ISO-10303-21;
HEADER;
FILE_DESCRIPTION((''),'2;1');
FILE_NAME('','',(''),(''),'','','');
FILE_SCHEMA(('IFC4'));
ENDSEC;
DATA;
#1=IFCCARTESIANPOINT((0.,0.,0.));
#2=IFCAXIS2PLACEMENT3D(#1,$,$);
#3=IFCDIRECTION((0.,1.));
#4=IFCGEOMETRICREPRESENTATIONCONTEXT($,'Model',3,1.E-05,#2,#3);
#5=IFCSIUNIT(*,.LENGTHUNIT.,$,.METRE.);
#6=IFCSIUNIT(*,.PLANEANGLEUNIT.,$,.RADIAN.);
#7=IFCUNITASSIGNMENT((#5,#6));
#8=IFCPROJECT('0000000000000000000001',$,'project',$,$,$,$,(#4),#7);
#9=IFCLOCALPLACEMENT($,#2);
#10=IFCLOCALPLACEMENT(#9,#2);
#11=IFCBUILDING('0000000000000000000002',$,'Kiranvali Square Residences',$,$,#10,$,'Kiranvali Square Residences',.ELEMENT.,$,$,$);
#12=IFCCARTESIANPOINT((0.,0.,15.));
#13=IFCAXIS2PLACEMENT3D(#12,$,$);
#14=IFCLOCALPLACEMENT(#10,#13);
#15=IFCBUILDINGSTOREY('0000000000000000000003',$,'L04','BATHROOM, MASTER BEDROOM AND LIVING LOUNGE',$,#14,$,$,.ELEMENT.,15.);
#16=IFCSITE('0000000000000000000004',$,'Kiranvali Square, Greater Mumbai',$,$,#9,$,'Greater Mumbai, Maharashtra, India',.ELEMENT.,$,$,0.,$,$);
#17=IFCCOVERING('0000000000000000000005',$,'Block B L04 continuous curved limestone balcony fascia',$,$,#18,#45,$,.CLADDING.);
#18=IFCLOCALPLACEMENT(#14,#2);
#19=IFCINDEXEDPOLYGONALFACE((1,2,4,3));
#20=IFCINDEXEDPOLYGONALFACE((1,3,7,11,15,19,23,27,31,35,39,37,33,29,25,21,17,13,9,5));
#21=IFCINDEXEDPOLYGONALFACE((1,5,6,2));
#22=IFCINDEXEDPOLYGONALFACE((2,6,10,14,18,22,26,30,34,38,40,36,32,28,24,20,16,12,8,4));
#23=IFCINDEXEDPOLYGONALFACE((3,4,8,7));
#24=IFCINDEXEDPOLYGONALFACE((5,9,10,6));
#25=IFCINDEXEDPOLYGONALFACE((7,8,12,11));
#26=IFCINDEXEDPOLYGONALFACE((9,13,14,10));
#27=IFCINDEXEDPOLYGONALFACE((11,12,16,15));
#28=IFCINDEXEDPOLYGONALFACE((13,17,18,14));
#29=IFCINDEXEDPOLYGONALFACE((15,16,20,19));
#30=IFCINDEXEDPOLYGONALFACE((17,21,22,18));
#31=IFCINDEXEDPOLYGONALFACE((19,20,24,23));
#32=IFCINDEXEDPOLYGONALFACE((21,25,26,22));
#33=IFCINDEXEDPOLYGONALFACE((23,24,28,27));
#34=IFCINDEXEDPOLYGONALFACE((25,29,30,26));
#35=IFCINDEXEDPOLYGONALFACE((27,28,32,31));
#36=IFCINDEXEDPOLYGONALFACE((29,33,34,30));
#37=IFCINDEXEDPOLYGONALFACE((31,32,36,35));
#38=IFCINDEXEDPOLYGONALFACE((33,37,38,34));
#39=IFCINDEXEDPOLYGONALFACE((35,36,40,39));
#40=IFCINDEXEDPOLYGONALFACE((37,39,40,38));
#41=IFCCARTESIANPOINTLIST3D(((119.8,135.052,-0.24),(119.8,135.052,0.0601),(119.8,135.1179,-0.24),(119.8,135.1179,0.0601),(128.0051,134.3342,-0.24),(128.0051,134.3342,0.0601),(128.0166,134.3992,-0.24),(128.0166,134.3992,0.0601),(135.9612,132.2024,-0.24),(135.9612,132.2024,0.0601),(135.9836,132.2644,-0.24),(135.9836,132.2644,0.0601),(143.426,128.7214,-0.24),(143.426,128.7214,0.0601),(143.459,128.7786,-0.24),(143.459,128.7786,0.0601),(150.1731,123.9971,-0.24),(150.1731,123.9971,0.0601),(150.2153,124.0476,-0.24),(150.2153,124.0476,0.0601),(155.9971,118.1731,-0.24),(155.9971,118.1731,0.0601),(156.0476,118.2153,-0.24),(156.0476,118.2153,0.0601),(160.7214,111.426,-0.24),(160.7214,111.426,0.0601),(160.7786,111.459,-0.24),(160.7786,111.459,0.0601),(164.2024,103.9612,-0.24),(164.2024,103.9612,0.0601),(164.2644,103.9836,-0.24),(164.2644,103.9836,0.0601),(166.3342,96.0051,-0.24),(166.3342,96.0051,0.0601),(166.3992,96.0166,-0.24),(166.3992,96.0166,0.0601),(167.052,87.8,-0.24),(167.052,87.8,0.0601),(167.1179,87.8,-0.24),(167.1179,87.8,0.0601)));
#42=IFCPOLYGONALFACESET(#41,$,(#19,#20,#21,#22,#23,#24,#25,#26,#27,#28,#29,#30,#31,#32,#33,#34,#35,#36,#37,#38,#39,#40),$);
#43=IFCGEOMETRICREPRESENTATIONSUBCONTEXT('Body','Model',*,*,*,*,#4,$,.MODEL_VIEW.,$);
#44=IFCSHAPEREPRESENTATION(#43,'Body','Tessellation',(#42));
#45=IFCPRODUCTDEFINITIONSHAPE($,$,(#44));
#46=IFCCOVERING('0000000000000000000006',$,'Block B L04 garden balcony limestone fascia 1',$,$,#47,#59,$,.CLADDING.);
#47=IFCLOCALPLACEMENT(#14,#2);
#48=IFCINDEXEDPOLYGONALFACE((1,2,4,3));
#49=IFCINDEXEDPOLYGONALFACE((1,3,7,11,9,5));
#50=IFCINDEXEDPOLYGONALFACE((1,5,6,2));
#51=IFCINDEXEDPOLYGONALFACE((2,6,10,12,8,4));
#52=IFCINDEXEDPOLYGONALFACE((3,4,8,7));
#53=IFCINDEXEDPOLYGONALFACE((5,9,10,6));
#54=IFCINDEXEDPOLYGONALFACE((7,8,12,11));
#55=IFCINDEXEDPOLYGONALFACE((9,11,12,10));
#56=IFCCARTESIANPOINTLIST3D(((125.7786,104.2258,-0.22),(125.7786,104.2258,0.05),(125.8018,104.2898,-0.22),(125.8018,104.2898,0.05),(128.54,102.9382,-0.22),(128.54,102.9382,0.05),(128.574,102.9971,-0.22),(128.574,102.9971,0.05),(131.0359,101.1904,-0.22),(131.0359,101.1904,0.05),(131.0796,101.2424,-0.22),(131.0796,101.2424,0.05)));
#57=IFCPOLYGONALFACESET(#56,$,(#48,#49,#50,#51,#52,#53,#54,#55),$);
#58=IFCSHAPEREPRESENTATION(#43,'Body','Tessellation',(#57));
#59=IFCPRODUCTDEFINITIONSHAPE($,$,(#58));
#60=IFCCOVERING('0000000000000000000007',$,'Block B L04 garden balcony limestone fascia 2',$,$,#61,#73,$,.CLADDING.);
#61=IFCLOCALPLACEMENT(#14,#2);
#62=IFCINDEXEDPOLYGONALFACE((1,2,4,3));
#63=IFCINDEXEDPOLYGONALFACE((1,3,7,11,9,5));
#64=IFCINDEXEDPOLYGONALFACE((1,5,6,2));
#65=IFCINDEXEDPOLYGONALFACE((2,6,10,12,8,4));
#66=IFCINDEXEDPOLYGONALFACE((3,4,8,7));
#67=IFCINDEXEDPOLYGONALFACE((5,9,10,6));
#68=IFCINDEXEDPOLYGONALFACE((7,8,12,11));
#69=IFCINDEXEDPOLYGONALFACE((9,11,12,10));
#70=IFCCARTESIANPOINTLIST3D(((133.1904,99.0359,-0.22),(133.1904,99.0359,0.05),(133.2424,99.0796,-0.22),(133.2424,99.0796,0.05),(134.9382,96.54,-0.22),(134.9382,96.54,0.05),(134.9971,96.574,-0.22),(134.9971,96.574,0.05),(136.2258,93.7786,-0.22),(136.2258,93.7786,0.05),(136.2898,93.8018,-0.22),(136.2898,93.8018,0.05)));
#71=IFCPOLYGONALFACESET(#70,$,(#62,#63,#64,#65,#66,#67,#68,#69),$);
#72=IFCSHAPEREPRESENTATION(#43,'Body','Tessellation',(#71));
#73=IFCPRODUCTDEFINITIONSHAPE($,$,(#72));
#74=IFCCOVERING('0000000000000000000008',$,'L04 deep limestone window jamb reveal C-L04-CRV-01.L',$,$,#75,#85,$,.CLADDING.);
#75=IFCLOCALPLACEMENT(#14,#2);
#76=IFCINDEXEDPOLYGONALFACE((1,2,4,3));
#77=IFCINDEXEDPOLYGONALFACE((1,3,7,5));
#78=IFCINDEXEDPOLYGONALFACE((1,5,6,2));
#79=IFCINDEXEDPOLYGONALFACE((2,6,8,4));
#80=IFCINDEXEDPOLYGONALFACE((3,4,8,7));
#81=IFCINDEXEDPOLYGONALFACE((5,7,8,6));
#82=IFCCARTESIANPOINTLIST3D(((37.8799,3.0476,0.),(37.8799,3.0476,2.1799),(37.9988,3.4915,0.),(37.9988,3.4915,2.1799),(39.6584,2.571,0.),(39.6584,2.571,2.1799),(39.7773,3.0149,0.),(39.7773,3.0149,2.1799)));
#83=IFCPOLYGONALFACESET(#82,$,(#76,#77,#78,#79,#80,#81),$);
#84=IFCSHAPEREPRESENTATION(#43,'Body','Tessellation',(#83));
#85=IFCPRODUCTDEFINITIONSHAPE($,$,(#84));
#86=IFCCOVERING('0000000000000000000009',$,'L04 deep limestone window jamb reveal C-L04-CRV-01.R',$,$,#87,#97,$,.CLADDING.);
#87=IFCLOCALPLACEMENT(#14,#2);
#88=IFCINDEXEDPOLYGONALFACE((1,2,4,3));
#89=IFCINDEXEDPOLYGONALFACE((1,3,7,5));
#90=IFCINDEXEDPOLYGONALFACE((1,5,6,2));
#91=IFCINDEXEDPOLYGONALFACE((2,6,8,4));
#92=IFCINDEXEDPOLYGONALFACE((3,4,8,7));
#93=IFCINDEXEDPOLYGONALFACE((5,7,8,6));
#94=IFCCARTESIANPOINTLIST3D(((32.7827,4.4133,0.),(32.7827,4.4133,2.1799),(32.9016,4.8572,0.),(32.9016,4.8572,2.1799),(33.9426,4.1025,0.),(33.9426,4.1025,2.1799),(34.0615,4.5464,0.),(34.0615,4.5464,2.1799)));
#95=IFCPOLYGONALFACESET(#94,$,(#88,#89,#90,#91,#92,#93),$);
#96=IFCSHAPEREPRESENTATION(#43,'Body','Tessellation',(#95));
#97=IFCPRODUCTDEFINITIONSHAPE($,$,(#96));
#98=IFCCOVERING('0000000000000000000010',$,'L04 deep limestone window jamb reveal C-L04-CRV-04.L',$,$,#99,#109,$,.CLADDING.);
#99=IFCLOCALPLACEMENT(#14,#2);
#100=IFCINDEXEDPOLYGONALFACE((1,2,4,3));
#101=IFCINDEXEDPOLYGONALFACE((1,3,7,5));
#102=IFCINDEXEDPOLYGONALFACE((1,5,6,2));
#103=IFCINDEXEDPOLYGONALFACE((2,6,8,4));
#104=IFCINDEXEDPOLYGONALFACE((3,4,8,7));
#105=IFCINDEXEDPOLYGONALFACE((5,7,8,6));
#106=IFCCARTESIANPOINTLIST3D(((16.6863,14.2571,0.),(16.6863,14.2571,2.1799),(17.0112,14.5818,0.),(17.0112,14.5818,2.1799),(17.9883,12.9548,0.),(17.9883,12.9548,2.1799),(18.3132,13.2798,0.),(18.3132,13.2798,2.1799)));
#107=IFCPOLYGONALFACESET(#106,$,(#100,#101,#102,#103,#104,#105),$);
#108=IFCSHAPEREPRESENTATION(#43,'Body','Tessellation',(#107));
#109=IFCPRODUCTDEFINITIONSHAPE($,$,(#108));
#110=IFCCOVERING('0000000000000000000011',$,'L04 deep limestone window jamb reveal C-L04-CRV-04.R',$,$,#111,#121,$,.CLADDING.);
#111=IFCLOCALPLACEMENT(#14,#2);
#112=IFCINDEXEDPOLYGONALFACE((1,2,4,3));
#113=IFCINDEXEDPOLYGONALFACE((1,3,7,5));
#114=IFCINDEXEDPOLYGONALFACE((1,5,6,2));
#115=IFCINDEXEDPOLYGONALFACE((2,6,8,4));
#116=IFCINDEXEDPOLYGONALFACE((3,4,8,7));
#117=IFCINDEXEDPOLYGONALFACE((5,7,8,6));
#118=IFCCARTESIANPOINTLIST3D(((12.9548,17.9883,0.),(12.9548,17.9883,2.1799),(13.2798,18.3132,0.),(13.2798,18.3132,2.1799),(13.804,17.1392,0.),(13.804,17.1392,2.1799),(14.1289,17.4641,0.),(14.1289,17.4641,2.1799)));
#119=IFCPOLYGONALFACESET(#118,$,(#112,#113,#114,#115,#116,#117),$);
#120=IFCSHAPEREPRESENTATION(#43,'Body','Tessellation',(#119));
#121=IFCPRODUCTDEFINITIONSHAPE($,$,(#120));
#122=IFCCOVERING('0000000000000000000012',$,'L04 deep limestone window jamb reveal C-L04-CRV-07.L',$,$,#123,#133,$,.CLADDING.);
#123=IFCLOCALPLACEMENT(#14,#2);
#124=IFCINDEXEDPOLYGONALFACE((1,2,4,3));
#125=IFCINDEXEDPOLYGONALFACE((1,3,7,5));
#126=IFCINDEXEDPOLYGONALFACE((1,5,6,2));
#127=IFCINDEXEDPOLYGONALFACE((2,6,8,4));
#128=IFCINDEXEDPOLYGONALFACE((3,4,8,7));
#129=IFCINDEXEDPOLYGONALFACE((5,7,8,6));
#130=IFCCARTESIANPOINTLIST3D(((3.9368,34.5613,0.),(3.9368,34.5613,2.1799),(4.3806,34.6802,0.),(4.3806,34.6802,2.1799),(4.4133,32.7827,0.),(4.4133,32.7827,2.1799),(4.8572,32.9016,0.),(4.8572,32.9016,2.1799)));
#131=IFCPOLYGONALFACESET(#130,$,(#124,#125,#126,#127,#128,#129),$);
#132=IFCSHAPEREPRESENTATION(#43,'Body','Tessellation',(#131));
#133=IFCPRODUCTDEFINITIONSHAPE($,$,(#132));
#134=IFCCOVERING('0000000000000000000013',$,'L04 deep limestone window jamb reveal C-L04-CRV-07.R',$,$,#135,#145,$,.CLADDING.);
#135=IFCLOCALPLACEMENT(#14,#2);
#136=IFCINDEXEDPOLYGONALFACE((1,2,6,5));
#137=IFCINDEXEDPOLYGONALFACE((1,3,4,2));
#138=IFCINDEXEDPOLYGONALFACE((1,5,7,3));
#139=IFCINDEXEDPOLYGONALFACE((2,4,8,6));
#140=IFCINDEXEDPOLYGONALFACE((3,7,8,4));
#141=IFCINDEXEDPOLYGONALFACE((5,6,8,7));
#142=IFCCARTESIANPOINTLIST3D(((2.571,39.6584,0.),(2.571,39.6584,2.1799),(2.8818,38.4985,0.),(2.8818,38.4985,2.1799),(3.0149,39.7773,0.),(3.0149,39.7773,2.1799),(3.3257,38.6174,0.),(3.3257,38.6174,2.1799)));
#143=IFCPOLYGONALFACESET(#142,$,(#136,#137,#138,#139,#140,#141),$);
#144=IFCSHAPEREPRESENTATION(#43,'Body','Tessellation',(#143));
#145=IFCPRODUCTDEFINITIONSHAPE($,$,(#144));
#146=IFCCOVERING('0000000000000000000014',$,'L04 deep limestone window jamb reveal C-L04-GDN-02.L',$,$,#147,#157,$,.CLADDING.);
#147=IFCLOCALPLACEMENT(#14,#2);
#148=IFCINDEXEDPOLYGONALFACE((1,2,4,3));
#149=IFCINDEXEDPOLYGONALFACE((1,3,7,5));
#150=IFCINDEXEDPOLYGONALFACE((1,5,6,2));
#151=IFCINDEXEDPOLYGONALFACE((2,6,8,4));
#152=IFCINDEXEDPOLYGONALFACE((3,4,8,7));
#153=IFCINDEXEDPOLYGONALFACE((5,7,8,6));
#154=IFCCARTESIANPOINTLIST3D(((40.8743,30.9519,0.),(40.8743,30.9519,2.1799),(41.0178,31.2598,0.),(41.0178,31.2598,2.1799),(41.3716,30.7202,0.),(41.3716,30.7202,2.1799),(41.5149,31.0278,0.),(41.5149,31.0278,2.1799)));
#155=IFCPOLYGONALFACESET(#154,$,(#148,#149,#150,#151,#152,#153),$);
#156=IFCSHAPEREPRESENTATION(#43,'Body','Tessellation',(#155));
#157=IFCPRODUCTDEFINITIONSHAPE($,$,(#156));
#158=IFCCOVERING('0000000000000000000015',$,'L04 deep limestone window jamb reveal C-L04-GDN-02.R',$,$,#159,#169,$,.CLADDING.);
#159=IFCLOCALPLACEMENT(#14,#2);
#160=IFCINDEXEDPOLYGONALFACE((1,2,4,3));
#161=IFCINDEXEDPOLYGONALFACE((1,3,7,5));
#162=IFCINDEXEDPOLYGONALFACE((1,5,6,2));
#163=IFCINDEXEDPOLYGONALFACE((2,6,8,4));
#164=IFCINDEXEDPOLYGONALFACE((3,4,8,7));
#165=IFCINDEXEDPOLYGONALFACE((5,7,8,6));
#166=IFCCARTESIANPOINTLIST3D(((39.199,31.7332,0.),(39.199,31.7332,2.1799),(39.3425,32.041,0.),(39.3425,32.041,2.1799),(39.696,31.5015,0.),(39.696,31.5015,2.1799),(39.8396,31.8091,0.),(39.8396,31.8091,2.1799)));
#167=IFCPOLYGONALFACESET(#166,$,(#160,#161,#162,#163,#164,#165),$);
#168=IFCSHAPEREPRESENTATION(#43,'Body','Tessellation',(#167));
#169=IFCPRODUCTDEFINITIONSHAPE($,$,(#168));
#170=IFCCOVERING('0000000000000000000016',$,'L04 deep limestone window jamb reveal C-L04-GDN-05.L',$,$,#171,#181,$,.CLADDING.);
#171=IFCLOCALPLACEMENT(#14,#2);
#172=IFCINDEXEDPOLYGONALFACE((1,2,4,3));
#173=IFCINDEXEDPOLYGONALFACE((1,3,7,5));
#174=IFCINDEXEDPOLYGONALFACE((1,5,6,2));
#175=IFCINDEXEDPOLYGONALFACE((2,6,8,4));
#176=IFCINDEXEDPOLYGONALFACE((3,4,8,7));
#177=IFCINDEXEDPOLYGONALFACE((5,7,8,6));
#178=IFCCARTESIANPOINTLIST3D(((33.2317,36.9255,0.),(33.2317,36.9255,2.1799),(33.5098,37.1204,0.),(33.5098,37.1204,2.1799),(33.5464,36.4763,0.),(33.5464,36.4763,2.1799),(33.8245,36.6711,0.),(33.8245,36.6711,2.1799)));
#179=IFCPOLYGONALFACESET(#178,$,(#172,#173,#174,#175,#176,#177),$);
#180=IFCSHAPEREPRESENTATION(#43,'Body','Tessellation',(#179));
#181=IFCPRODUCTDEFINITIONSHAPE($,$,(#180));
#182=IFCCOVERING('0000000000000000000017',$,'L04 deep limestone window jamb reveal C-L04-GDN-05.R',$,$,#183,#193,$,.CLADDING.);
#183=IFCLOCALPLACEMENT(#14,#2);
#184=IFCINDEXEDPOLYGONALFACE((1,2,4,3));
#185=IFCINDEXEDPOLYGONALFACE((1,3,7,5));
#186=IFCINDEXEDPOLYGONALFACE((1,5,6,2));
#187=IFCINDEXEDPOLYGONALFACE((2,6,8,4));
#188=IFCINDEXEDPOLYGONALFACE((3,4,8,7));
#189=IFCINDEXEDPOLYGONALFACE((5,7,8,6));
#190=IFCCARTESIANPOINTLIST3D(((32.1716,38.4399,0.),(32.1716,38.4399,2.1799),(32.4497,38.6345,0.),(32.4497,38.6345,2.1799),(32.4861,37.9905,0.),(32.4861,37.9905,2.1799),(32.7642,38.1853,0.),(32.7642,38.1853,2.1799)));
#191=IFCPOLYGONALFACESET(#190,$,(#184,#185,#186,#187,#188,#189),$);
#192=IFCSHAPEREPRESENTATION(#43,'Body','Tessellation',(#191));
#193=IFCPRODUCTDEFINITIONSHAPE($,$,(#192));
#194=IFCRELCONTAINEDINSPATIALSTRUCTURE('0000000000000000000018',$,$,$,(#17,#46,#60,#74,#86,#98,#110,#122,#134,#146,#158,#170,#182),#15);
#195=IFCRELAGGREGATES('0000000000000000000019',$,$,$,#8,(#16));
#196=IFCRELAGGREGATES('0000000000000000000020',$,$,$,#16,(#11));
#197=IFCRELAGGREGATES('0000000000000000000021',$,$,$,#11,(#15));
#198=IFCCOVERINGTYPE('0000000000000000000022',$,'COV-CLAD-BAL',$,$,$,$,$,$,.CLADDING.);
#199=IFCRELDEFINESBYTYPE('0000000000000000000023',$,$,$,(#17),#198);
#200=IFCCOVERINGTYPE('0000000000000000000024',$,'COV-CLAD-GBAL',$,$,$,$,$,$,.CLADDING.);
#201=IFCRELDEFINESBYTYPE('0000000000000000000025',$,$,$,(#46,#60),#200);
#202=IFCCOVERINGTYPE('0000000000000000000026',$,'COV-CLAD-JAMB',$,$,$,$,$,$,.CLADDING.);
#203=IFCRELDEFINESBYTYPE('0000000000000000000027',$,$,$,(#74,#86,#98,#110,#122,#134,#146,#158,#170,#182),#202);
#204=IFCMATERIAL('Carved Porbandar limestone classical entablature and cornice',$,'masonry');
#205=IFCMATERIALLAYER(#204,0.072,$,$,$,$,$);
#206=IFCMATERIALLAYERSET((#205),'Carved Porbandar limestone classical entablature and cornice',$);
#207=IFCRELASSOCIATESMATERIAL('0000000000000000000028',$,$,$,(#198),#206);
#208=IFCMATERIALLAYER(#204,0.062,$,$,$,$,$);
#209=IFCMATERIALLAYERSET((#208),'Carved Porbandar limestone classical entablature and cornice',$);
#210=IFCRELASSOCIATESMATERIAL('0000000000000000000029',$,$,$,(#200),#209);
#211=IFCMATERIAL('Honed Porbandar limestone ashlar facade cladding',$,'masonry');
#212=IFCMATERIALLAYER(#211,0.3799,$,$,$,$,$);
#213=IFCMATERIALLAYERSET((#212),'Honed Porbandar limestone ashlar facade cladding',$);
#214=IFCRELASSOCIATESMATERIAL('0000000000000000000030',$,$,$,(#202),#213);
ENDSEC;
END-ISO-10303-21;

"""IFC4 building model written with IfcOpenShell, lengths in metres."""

from ifc_helpers import new_model, si_unit, direction, frame, origin, place, context, subcontext, project, spatial, polyline, outline, extrude, material, layer, layer_set, type_object, element, save


model = new_model("IFC4")

# Units and contexts
model_context = context("Model", 3, precision=1e-05, world=origin(), true_north=direction((0.0, 1.0)))
body_context = subcontext(model_context, "Body", "Model", "MODEL_VIEW")
ifc_project = project(units=[si_unit("LENGTHUNIT", "METRE"), si_unit("PLANEANGLEUNIT", "RADIAN")], contexts=[model_context])

# Site, building, storey
site_placement = place(None, origin())
site = spatial("IfcSite", under=ifc_project, at=site_placement, Name="Kiranvali Square, Greater Mumbai", LongName="Greater Mumbai, Maharashtra, India", CompositionType="ELEMENT", RefElevation=0.0)
building_placement = place(site_placement, origin())
building = spatial("IfcBuilding", under=site, at=building_placement, Name="Kiranvali Square Residences", LongName="Kiranvali Square Residences", CompositionType="ELEMENT")
storey_placement = place(building_placement, frame((0.0, 0.0, 15.0)))
storey = spatial("IfcBuildingStorey", under=building, at=storey_placement, Name="L04", Description="BATHROOM, MASTER BEDROOM AND LIVING LOUNGE", CompositionType="ELEMENT", Elevation=15.0)

# Coverings
ifc_material_1 = material(Name="Carved Porbandar limestone classical entablature and cornice", Category="masonry")
ifc_layer_1 = layer(ifc_material_1, 0.072)
ifc_layer_set_1 = layer_set([ifc_layer_1], Name="Carved Porbandar limestone classical entablature and cornice")
covering_type_1 = type_object("IfcCoveringType", Name="COV-CLAD-BAL", PredefinedType="CLADDING", material=ifc_layer_set_1)
covering_1_placement = place(storey_placement, frame((0.0, 0.0, -0.24)))
element("IfcCovering", 1, at=covering_1_placement, inside=storey, type_object=covering_type_1, Name="Block B L04 continuous curved limestone balcony fascia", PredefinedType="CLADDING", context=body_context, shape_type="SweptSolid", body=[
    extrude(outline(polyline([(119.8, 135.052), (128.0051, 134.3342), (135.9612, 132.2024), (143.426, 128.7214), (150.1731, 123.9971), (155.9971, 118.1731), (160.7214, 111.426), (164.2024, 103.9612), (166.3342, 96.0051), (167.052, 87.8), (167.1179, 87.8), (166.3992, 96.0166), (164.2644, 103.9836), (160.7786, 111.459), (156.0476, 118.2153), (150.2153, 124.0476), (143.459, 128.7786), (135.9836, 132.2644), (128.0166, 134.3992), (119.8, 135.1179), (119.8, 135.052)])), origin(), (0.0, 0.0, 1.0), 0.3),
])
ifc_layer_2 = layer(ifc_material_1, 0.062)
ifc_layer_set_2 = layer_set([ifc_layer_2], Name="Carved Porbandar limestone classical entablature and cornice")
covering_type_2 = type_object("IfcCoveringType", Name="COV-CLAD-GBAL", PredefinedType="CLADDING", material=ifc_layer_set_2)
covering_2_placement = place(storey_placement, frame((0.0, 0.0, -0.22)))
element("IfcCovering", 2, at=covering_2_placement, inside=storey, type_object=covering_type_2, Name="Block B L04 garden balcony limestone fascia 1", PredefinedType="CLADDING", context=body_context, shape_type="SweptSolid", body=[
    extrude(outline(polyline([(125.7786, 104.2258), (128.54, 102.9382), (131.0359, 101.1904), (131.0796, 101.2424), (128.574, 102.9971), (125.8018, 104.2898), (125.7786, 104.2258)])), origin(), (0.0, 0.0, 1.0), 0.27),
])
covering_3_placement = place(storey_placement, frame((0.0, 0.0, -0.22)))
element("IfcCovering", 3, at=covering_3_placement, inside=storey, type_object=covering_type_2, Name="Block B L04 garden balcony limestone fascia 2", PredefinedType="CLADDING", context=body_context, shape_type="SweptSolid", body=[
    extrude(outline(polyline([(133.1904, 99.0359), (134.9382, 96.54), (136.2258, 93.7786), (136.2898, 93.8018), (134.9971, 96.574), (133.2424, 99.0796), (133.1904, 99.0359)])), origin(), (0.0, 0.0, 1.0), 0.27),
])
ifc_material_2 = material(Name="Honed Porbandar limestone ashlar facade cladding", Category="masonry")
ifc_layer_3 = layer(ifc_material_2, 0.3799)
ifc_layer_set_3 = layer_set([ifc_layer_3], Name="Honed Porbandar limestone ashlar facade cladding")
covering_type_3 = type_object("IfcCoveringType", Name="COV-CLAD-JAMB", PredefinedType="CLADDING", material=ifc_layer_set_3)
covering_4_placement = place(storey_placement, origin())
element("IfcCovering", 4, at=covering_4_placement, inside=storey, type_object=covering_type_3, Name="L04 deep limestone window jamb reveal C-L04-CRV-01.L", PredefinedType="CLADDING", context=body_context, shape_type="SweptSolid", body=[
    extrude(outline(polyline([(39.7773, 3.0149), (37.9988, 3.4915), (37.8799, 3.0476), (39.6584, 2.571), (39.7773, 3.0149)])), origin(), (0.0, 0.0, 1.0), 2.1799),
])
covering_5_placement = place(storey_placement, origin())
element("IfcCovering", 5, at=covering_5_placement, inside=storey, type_object=covering_type_3, Name="L04 deep limestone window jamb reveal C-L04-CRV-01.R", PredefinedType="CLADDING", context=body_context, shape_type="SweptSolid", body=[
    extrude(outline(polyline([(34.0615, 4.5464), (32.9016, 4.8572), (32.7827, 4.4133), (33.9426, 4.1025), (34.0615, 4.5464)])), origin(), (0.0, 0.0, 1.0), 2.1799),
])
covering_6_placement = place(storey_placement, origin())
element("IfcCovering", 6, at=covering_6_placement, inside=storey, type_object=covering_type_3, Name="L04 deep limestone window jamb reveal C-L04-CRV-04.L", PredefinedType="CLADDING", context=body_context, shape_type="SweptSolid", body=[
    extrude(outline(polyline([(18.3132, 13.2798), (17.0112, 14.5818), (16.6863, 14.2571), (17.9883, 12.9548), (18.3132, 13.2798)])), origin(), (0.0, 0.0, 1.0), 2.1799),
])
covering_7_placement = place(storey_placement, origin())
element("IfcCovering", 7, at=covering_7_placement, inside=storey, type_object=covering_type_3, Name="L04 deep limestone window jamb reveal C-L04-CRV-04.R", PredefinedType="CLADDING", context=body_context, shape_type="SweptSolid", body=[
    extrude(outline(polyline([(14.1289, 17.4641), (13.2798, 18.3132), (12.9548, 17.9883), (13.804, 17.1392), (14.1289, 17.4641)])), origin(), (0.0, 0.0, 1.0), 2.1799),
])
covering_8_placement = place(storey_placement, origin())
element("IfcCovering", 8, at=covering_8_placement, inside=storey, type_object=covering_type_3, Name="L04 deep limestone window jamb reveal C-L04-CRV-07.L", PredefinedType="CLADDING", context=body_context, shape_type="SweptSolid", body=[
    extrude(outline(polyline([(4.8572, 32.9016), (4.3806, 34.6802), (3.9368, 34.5613), (4.4133, 32.7827), (4.8572, 32.9016)])), origin(), (0.0, 0.0, 1.0), 2.1799),
])
covering_9_placement = place(storey_placement, origin())
element("IfcCovering", 9, at=covering_9_placement, inside=storey, type_object=covering_type_3, Name="L04 deep limestone window jamb reveal C-L04-CRV-07.R", PredefinedType="CLADDING", context=body_context, shape_type="SweptSolid", body=[
    extrude(outline(polyline([(3.3257, 38.6174), (3.0149, 39.7773), (2.571, 39.6584), (2.8818, 38.4985), (3.3257, 38.6174)])), origin(), (0.0, 0.0, 1.0), 2.1799),
])
covering_10_placement = place(storey_placement, origin())
element("IfcCovering", 10, at=covering_10_placement, inside=storey, type_object=covering_type_3, Name="L04 deep limestone window jamb reveal C-L04-GDN-02.L", PredefinedType="CLADDING", context=body_context, shape_type="SweptSolid", body=[
    extrude(outline(polyline([(41.5149, 31.0278), (41.0178, 31.2598), (40.8743, 30.9519), (41.3716, 30.7202), (41.5149, 31.0278)])), origin(), (0.0, 0.0, 1.0), 2.1799),
])
covering_11_placement = place(storey_placement, origin())
element("IfcCovering", 11, at=covering_11_placement, inside=storey, type_object=covering_type_3, Name="L04 deep limestone window jamb reveal C-L04-GDN-02.R", PredefinedType="CLADDING", context=body_context, shape_type="SweptSolid", body=[
    extrude(outline(polyline([(39.8396, 31.8091), (39.3425, 32.041), (39.199, 31.7332), (39.696, 31.5015), (39.8396, 31.8091)])), origin(), (0.0, 0.0, 1.0), 2.1799),
])
covering_12_placement = place(storey_placement, origin())
element("IfcCovering", 12, at=covering_12_placement, inside=storey, type_object=covering_type_3, Name="L04 deep limestone window jamb reveal C-L04-GDN-05.L", PredefinedType="CLADDING", context=body_context, shape_type="SweptSolid", body=[
    extrude(outline(polyline([(33.8245, 36.6711), (33.5098, 37.1204), (33.2317, 36.9255), (33.5464, 36.4763), (33.8245, 36.6711)])), origin(), (0.0, 0.0, 1.0), 2.1799),
])
covering_13_placement = place(storey_placement, origin())
element("IfcCovering", 13, at=covering_13_placement, inside=storey, type_object=covering_type_3, Name="L04 deep limestone window jamb reveal C-L04-GDN-05.R", PredefinedType="CLADDING", context=body_context, shape_type="SweptSolid", body=[
    extrude(outline(polyline([(32.7642, 38.1853), (32.4497, 38.6345), (32.1716, 38.4399), (32.4861, 37.9905), (32.7642, 38.1853)])), origin(), (0.0, 0.0, 1.0), 2.1799),
])

save(model, "model.ifc")
